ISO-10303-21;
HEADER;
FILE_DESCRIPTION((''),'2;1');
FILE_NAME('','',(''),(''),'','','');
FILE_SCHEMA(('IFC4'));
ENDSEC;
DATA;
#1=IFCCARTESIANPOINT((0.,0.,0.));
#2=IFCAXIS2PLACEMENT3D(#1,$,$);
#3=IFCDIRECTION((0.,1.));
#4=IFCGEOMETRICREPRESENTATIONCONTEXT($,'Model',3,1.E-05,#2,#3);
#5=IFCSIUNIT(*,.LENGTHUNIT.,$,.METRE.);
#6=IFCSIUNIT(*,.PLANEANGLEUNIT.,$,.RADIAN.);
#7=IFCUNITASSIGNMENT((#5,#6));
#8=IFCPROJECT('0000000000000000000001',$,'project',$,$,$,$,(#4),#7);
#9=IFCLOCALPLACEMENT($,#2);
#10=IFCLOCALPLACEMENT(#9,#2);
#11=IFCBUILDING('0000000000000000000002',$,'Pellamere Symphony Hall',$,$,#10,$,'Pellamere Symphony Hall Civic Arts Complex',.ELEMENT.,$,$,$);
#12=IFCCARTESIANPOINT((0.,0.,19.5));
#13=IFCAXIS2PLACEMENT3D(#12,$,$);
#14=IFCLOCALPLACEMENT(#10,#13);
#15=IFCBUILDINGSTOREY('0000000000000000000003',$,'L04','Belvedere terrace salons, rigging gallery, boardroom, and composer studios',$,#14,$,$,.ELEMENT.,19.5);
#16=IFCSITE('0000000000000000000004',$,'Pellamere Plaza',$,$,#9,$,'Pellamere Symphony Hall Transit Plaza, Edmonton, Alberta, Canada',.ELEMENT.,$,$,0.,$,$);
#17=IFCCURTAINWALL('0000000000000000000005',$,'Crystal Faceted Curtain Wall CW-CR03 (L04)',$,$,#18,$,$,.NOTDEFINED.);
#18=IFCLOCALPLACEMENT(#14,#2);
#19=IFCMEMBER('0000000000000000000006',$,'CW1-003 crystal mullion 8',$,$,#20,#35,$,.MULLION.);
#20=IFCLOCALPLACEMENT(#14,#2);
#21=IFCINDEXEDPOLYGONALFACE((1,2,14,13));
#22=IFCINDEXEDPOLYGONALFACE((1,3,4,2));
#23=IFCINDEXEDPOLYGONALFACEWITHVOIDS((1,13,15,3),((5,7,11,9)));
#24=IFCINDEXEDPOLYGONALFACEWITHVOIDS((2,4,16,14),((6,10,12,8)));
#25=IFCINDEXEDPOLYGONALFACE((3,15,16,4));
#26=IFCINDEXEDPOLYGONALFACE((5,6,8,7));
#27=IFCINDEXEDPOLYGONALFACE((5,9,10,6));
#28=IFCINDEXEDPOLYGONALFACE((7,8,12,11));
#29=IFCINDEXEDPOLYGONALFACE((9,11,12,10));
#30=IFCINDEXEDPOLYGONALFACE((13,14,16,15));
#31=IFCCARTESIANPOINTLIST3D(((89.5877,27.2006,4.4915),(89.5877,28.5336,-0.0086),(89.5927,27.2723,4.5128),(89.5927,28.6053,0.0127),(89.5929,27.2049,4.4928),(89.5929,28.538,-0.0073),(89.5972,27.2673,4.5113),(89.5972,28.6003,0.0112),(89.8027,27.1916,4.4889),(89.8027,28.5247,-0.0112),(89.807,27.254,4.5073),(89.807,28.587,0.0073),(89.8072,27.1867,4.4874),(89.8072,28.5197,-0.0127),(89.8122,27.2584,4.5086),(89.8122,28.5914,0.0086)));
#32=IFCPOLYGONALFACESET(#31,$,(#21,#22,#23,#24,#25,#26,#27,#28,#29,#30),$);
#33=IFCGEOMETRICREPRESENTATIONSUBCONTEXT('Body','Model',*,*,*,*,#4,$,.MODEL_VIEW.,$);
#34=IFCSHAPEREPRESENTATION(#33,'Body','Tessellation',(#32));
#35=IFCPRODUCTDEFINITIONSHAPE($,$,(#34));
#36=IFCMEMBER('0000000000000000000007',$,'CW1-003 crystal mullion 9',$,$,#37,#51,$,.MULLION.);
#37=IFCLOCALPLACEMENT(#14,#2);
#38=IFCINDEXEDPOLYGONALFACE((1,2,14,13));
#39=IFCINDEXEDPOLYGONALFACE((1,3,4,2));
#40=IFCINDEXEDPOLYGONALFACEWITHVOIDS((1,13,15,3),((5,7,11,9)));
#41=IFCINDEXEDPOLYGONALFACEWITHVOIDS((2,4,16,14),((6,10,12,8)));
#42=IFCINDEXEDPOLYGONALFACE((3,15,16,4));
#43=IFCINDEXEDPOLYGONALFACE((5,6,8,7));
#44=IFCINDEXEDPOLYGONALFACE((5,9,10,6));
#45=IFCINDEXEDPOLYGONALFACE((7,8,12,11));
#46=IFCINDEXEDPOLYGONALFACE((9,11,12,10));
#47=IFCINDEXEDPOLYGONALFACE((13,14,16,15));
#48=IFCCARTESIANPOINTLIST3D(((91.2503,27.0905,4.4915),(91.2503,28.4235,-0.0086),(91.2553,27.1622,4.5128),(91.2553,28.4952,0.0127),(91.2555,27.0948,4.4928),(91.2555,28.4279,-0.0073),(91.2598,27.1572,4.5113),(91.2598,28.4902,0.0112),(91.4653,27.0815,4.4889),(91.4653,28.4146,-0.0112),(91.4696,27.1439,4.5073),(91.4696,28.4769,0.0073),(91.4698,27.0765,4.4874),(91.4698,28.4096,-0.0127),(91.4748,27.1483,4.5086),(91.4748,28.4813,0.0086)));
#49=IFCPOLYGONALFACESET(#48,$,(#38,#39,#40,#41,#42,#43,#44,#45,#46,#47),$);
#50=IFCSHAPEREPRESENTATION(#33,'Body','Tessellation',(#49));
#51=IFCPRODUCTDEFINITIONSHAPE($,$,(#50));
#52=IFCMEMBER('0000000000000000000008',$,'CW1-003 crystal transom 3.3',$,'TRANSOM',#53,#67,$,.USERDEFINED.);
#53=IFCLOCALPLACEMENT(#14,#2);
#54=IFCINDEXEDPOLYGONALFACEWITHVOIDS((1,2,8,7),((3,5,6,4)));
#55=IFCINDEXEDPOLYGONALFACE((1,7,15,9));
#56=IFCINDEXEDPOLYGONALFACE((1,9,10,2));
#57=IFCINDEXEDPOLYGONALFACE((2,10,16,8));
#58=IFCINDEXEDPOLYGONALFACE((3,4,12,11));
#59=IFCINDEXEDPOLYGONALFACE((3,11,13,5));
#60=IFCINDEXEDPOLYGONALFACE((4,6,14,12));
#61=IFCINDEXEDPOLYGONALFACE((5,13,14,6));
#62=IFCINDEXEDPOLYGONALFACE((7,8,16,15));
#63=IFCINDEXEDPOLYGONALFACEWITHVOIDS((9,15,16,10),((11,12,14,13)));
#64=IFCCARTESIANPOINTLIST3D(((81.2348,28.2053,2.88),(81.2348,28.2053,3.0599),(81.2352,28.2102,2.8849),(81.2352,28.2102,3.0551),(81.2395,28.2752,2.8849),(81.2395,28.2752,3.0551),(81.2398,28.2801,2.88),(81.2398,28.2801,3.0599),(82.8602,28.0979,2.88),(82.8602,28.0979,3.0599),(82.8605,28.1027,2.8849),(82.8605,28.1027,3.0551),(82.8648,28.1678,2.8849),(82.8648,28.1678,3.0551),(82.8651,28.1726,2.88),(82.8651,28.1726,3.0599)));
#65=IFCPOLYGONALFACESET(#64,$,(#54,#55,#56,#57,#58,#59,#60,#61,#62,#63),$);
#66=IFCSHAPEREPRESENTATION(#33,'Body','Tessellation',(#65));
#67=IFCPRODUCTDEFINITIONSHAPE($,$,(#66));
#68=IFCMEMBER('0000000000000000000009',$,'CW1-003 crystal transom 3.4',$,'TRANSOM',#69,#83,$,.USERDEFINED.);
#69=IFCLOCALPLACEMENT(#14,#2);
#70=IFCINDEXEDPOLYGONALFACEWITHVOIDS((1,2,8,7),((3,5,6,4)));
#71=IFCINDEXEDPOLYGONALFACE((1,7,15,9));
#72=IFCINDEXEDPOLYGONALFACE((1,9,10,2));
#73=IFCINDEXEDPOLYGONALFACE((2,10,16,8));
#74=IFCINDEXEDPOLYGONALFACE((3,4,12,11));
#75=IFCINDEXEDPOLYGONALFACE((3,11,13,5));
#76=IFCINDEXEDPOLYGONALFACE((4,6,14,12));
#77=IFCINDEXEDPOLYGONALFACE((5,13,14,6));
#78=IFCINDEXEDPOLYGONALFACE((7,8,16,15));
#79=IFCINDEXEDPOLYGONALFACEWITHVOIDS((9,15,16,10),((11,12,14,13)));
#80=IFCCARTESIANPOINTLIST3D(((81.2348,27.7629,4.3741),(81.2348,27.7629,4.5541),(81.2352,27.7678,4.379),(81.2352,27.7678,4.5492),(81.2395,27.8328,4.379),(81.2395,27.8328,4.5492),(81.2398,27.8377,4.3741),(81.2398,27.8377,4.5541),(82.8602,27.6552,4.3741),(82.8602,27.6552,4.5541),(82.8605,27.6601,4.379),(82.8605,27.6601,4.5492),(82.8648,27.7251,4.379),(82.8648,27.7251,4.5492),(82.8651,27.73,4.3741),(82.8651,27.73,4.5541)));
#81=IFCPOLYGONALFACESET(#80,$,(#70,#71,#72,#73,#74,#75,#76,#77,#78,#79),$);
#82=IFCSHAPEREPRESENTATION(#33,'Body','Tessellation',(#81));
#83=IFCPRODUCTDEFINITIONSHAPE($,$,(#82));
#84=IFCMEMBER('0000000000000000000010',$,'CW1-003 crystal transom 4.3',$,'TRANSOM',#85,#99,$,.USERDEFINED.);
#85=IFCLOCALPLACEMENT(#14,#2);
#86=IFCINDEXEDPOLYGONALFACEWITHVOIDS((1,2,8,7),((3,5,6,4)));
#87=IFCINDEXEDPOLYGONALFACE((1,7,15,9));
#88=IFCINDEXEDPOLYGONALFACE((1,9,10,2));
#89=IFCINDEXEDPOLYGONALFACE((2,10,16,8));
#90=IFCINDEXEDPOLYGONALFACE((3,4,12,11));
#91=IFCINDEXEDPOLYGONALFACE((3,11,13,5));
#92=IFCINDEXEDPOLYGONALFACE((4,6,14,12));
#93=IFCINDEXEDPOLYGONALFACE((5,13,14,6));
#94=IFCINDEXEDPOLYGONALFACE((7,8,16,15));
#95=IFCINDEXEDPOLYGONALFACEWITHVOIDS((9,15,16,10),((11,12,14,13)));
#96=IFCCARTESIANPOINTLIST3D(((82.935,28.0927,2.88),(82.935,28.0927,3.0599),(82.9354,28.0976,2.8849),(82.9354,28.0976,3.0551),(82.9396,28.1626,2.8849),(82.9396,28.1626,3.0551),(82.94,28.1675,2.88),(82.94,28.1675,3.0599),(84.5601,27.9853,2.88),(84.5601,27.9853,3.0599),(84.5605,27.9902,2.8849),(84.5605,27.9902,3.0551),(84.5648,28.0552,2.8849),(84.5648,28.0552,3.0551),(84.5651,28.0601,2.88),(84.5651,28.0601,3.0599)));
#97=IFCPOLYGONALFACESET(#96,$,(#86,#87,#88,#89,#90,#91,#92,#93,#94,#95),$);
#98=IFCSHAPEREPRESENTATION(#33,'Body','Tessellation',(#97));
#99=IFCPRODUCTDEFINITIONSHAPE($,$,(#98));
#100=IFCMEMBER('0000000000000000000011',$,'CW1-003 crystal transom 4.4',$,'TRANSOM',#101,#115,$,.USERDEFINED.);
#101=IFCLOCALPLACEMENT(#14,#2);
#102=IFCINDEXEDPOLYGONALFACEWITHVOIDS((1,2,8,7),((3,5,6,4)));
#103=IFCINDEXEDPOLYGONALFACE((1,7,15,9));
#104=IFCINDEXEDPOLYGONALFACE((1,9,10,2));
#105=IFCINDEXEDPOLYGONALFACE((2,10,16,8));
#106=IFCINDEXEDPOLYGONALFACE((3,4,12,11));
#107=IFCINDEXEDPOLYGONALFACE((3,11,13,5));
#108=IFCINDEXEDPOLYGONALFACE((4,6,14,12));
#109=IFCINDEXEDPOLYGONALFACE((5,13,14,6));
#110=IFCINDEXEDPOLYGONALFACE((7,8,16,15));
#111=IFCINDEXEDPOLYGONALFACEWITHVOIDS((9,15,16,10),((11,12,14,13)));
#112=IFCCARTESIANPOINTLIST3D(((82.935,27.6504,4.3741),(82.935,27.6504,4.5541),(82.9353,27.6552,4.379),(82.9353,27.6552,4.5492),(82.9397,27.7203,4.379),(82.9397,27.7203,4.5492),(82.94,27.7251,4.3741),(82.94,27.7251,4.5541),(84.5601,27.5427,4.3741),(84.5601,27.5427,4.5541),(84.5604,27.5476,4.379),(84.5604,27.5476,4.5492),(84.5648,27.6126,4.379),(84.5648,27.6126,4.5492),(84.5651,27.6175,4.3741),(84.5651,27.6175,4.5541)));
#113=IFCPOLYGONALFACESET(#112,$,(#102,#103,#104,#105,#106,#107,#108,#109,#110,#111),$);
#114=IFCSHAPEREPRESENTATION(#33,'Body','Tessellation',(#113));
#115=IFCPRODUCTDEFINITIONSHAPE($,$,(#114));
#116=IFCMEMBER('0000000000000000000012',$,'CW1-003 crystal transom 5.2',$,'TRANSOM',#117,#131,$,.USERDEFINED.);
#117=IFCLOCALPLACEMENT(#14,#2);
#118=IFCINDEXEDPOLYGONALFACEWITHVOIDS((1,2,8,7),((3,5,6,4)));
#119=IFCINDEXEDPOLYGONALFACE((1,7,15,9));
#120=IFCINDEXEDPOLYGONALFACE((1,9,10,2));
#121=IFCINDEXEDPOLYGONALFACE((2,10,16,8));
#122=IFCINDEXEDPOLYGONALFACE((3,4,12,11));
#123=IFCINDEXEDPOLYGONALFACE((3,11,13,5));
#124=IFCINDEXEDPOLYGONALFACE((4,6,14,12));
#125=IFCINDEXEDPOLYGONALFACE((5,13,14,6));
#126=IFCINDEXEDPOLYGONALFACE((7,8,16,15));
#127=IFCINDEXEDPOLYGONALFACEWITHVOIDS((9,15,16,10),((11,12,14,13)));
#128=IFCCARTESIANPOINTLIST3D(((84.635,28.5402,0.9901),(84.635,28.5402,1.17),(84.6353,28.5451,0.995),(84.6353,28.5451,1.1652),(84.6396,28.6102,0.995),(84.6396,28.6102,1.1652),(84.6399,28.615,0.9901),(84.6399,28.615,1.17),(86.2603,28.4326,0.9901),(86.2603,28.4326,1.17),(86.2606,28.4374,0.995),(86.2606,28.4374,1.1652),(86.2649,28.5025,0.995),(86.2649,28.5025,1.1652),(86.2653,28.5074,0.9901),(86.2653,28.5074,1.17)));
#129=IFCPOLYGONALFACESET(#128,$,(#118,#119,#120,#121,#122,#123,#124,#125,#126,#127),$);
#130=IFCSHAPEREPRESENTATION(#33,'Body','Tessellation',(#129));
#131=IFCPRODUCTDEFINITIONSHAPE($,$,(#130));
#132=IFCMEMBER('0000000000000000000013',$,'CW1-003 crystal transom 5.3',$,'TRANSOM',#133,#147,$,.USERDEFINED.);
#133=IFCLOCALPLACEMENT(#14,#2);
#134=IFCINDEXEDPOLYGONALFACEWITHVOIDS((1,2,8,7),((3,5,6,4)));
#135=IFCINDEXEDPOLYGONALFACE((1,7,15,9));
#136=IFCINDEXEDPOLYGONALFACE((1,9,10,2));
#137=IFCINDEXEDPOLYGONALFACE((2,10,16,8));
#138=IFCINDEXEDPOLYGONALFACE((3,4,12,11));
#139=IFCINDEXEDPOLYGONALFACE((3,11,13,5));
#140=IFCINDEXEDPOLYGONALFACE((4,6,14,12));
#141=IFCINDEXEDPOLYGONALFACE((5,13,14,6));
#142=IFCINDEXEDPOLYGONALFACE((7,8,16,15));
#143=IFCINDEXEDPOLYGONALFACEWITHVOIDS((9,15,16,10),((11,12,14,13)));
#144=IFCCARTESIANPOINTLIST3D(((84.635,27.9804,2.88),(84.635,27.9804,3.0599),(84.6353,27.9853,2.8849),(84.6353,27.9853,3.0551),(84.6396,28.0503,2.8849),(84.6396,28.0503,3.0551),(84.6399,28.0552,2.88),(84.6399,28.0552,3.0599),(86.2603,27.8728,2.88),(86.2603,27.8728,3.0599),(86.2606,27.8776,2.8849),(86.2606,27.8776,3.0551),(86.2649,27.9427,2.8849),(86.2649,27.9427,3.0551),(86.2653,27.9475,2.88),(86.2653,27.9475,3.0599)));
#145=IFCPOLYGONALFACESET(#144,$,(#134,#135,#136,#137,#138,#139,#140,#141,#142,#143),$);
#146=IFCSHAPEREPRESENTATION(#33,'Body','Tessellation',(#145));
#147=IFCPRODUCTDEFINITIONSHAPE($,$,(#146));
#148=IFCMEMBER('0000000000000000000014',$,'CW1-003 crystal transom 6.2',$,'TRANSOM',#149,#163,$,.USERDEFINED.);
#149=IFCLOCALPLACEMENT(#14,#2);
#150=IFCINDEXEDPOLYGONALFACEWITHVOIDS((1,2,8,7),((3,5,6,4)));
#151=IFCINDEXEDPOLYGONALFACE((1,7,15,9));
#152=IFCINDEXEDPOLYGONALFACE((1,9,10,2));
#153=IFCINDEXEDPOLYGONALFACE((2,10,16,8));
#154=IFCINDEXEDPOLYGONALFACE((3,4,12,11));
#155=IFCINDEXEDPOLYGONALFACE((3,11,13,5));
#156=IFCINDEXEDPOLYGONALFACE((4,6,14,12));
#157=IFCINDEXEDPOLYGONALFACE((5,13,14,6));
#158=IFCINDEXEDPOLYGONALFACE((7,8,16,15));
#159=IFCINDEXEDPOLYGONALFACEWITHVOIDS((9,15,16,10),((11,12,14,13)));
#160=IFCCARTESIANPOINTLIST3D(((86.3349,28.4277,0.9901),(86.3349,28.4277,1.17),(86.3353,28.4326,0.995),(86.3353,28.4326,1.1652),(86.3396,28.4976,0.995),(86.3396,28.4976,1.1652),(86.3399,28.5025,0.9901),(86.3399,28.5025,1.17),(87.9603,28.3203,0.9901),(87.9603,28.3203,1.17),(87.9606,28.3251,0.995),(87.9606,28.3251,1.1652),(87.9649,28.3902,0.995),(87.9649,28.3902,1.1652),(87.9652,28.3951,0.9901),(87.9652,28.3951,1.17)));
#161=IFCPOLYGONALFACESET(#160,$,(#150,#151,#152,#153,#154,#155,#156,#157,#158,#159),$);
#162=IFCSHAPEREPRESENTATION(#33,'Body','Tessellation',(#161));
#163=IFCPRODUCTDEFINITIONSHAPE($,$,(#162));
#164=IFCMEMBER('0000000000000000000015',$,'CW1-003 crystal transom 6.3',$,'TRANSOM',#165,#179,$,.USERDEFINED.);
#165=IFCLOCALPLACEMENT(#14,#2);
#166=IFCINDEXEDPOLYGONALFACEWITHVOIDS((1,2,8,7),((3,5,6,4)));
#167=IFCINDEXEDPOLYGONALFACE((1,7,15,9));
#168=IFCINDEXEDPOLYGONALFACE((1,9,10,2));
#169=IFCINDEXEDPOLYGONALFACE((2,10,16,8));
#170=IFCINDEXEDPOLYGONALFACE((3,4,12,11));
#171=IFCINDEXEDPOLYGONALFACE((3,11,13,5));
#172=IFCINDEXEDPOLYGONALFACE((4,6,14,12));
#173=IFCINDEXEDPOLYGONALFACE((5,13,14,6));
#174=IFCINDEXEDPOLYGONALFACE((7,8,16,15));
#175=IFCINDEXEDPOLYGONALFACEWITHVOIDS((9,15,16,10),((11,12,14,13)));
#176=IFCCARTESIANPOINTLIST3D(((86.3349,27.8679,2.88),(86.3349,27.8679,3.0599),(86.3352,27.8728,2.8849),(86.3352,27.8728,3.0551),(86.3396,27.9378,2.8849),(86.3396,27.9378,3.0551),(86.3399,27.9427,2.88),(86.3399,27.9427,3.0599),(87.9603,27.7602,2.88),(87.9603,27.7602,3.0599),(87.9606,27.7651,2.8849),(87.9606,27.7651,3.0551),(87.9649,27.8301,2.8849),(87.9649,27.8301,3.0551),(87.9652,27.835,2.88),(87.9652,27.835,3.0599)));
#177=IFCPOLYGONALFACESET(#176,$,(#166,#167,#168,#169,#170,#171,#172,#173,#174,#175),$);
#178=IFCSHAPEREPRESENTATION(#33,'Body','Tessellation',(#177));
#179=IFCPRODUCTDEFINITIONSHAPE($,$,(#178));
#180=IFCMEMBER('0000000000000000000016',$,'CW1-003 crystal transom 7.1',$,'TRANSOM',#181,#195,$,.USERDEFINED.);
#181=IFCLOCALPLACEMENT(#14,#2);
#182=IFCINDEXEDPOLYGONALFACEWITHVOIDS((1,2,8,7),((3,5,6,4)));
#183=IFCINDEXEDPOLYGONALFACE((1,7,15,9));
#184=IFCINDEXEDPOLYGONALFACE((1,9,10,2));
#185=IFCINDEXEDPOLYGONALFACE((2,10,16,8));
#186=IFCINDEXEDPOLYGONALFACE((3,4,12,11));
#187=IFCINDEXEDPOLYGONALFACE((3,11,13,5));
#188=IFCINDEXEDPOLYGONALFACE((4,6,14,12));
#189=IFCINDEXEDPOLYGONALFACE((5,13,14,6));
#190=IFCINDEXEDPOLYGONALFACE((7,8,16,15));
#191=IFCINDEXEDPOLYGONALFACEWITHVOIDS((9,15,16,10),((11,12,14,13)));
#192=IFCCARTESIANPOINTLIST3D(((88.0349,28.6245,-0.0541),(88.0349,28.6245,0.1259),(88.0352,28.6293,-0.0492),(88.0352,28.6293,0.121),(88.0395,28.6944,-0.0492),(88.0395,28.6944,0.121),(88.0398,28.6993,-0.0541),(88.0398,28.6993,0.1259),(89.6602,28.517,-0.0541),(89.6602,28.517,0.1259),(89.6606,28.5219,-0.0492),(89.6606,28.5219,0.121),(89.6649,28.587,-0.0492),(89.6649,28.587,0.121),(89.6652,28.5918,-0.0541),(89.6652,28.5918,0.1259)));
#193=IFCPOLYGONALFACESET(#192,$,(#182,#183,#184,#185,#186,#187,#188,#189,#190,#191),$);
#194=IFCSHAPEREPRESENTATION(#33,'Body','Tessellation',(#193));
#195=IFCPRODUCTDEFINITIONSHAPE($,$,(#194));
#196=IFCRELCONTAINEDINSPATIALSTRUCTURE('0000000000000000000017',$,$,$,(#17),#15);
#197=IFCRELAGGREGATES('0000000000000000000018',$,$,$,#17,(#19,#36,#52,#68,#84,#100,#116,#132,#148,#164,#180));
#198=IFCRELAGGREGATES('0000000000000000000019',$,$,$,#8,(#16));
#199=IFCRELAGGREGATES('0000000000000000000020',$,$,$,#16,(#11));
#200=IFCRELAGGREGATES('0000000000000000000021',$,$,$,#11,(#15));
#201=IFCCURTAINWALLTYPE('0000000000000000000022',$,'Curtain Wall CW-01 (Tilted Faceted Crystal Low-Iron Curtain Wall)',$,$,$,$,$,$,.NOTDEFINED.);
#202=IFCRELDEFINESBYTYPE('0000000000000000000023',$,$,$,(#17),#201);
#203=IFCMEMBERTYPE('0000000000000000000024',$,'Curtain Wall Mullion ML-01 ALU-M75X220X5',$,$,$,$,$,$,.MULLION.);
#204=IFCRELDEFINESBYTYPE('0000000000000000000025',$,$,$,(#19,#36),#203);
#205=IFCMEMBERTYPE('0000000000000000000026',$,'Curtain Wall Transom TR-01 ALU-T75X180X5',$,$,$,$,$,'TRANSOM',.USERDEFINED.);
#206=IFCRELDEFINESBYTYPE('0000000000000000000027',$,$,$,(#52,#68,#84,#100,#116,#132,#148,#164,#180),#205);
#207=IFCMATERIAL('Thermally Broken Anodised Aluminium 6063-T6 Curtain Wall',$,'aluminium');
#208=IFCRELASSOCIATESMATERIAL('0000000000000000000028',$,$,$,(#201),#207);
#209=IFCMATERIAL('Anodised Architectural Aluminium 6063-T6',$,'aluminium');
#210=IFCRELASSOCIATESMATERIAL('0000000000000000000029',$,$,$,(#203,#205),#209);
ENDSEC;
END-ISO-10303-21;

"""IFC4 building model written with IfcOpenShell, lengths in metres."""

from ifc_helpers import new_model, si_unit, direction, frame, origin, origin_2d, place, context, subcontext, project, spatial, hollow_rectangle, extrude, material, material_profile, profile_set, type_object, element, aggregate, save


model = new_model("IFC4")

# Units and contexts
model_context = context("Model", 3, precision=1e-05, world=origin(), true_north=direction((0.0, 1.0)))
body_context = subcontext(model_context, "Body", "Model", "MODEL_VIEW")
ifc_project = project(units=[si_unit("LENGTHUNIT", "METRE"), si_unit("PLANEANGLEUNIT", "RADIAN")], contexts=[model_context])

# Site, building, storey
site_placement = place(None, origin())
site = spatial("IfcSite", under=ifc_project, at=site_placement, Name="Pellamere Plaza", LongName="Pellamere Symphony Hall Transit Plaza, Edmonton, Alberta, Canada", CompositionType="ELEMENT", RefElevation=0.0)
building_placement = place(site_placement, origin())
building = spatial("IfcBuilding", under=site, at=building_placement, Name="Pellamere Symphony Hall", LongName="Pellamere Symphony Hall Civic Arts Complex", CompositionType="ELEMENT")
storey_placement = place(building_placement, frame((0.0, 0.0, 19.5)))
storey = spatial("IfcBuildingStorey", under=building, at=storey_placement, Name="L04", Description="Belvedere terrace salons, rigging gallery, boardroom, and composer studios", CompositionType="ELEMENT", Elevation=19.5)

# Curtain wall, members
ifc_material_1 = material(Name="Thermally Broken Anodised Aluminium 6063-T6 Curtain Wall", Category="aluminium")
curtain_wall_type = type_object("IfcCurtainWallType", Name="Curtain Wall CW-01 (Tilted Faceted Crystal Low-Iron Curtain Wall)", PredefinedType="NOTDEFINED", material=ifc_material_1)
curtain_wall_placement = place(storey_placement, origin())
curtain_wall = element("IfcCurtainWall", 1, at=curtain_wall_placement, inside=storey, type_object=curtain_wall_type, Name="Crystal Faceted Curtain Wall CW-CR03 (L04)", PredefinedType="NOTDEFINED")
ifc_material_2 = material(Name="Anodised Architectural Aluminium 6063-T6", Category="aluminium")
ifc_material_profile_1 = material_profile(ifc_material_2, hollow_rectangle(XDim=0.075, YDim=0.22, WallThickness=0.0049, at=origin_2d()), Name="ALU-M75X220X5")
ifc_profile_set_1 = profile_set([ifc_material_profile_1], Name="Anodised Architectural Aluminium 6063-T6")
member_type_1 = type_object("IfcMemberType", Name="Curtain Wall Mullion ML-01 ALU-M75X220X5", PredefinedType="MULLION", material=ifc_profile_set_1)
member_1_placement = place(storey_placement, frame((89.7, 28.5625, 0.0), z_axis=(0.0, -0.284025, 0.958817), x_axis=(0.066032, 0.956724, 0.283405)))
member_1 = element("IfcMember", 2, at=member_1_placement, type_object=member_type_1, Name="CW1-003 crystal mullion 8", PredefinedType="MULLION", context=body_context, shape_type="SweptSolid", body=[
    extrude(hollow_rectangle(XDim=0.075, YDim=0.22, WallThickness=0.0049, at=origin_2d()), origin(), (0.0, 0.0, 1.0), 4.6934),
])
member_2_placement = place(storey_placement, frame((91.3625, 28.4524, 0.0), z_axis=(0.0, -0.284025, 0.958817), x_axis=(0.066032, 0.956724, 0.283405)))
member_2 = element("IfcMember", 3, at=member_2_placement, type_object=member_type_1, Name="CW1-003 crystal mullion 9", PredefinedType="MULLION", context=body_context, shape_type="SweptSolid", body=[
    extrude(hollow_rectangle(XDim=0.075, YDim=0.22, WallThickness=0.0049, at=origin_2d()), origin(), (0.0, 0.0, 1.0), 4.6934),
])
ifc_material_profile_2 = material_profile(ifc_material_2, hollow_rectangle(XDim=0.075, YDim=0.1799, WallThickness=0.0049, at=origin_2d()), Name="ALU-T75X180X5")
ifc_profile_set_2 = profile_set([ifc_material_profile_2], Name="Anodised Architectural Aluminium 6063-T6")
member_type_2 = type_object("IfcMemberType", Name="Curtain Wall Transom TR-01 ALU-T75X180X5", ElementType="TRANSOM", PredefinedType="USERDEFINED", material=ifc_profile_set_2)
member_3_placement = place(storey_placement, frame((81.2373, 28.2427, 2.97), z_axis=(0.997823, -0.065952, 0.0), x_axis=(0.065952, 0.997823, 0.0)))
member_3 = element("IfcMember", 4, at=member_3_placement, type_object=member_type_2, Name="CW1-003 crystal transom 3.3", ObjectType="TRANSOM", PredefinedType="USERDEFINED", context=body_context, shape_type="SweptSolid", body=[
    extrude(hollow_rectangle(XDim=0.075, YDim=0.1799, WallThickness=0.0049, at=origin_2d()), origin(), (0.0, 0.0, 1.0), 1.6289),
])
member_4_placement = place(storey_placement, frame((81.2373, 27.8003, 4.4641), z_axis=(0.997813, -0.066101, 0.0), x_axis=(0.066101, 0.997813, 0.0)))
member_4 = element("IfcMember", 5, at=member_4_placement, type_object=member_type_2, Name="CW1-003 crystal transom 3.4", ObjectType="TRANSOM", PredefinedType="USERDEFINED", context=body_context, shape_type="SweptSolid", body=[
    extrude(hollow_rectangle(XDim=0.075, YDim=0.1799, WallThickness=0.0049, at=origin_2d()), origin(), (0.0, 0.0, 1.0), 1.6289),
])
member_5_placement = place(storey_placement, frame((82.9375, 28.1301, 2.97), z_axis=(0.997822, -0.065962, 0.0), x_axis=(0.065962, 0.997822, 0.0)))
member_5 = element("IfcMember", 6, at=member_5_placement, type_object=member_type_2, Name="CW1-003 crystal transom 4.3", ObjectType="TRANSOM", PredefinedType="USERDEFINED", context=body_context, shape_type="SweptSolid", body=[
    extrude(hollow_rectangle(XDim=0.075, YDim=0.1799, WallThickness=0.0049, at=origin_2d()), origin(), (0.0, 0.0, 1.0), 1.6287),
])
member_6_placement = place(storey_placement, frame((82.9375, 27.6877, 4.4641), z_axis=(0.997812, -0.066111, 0.0), x_axis=(0.066111, 0.997812, 0.0)))
member_6 = element("IfcMember", 7, at=member_6_placement, type_object=member_type_2, Name="CW1-003 crystal transom 4.4", ObjectType="TRANSOM", PredefinedType="USERDEFINED", context=body_context, shape_type="SweptSolid", body=[
    extrude(hollow_rectangle(XDim=0.075, YDim=0.1799, WallThickness=0.0049, at=origin_2d()), origin(), (0.0, 0.0, 1.0), 1.6287),
])
member_7_placement = place(storey_placement, frame((84.6375, 28.5776, 1.0801), z_axis=(0.997813, -0.066101, 0.0), x_axis=(0.066101, 0.997813, 0.0)))
member_7 = element("IfcMember", 8, at=member_7_placement, type_object=member_type_2, Name="CW1-003 crystal transom 5.2", ObjectType="TRANSOM", PredefinedType="USERDEFINED", context=body_context, shape_type="SweptSolid", body=[
    extrude(hollow_rectangle(XDim=0.075, YDim=0.1799, WallThickness=0.0049, at=origin_2d()), origin(), (0.0, 0.0, 1.0), 1.6289),
])
member_8_placement = place(storey_placement, frame((84.6375, 28.0178, 2.97), z_axis=(0.997813, -0.066101, 0.0), x_axis=(0.066101, 0.997813, 0.0)))
member_8 = element("IfcMember", 9, at=member_8_placement, type_object=member_type_2, Name="CW1-003 crystal transom 5.3", ObjectType="TRANSOM", PredefinedType="USERDEFINED", context=body_context, shape_type="SweptSolid", body=[
    extrude(hollow_rectangle(XDim=0.075, YDim=0.1799, WallThickness=0.0049, at=origin_2d()), origin(), (0.0, 0.0, 1.0), 1.6289),
])
member_9_placement = place(storey_placement, frame((86.3374, 28.4651, 1.0801), z_axis=(0.997823, -0.065952, 0.0), x_axis=(0.065952, 0.997823, 0.0)))
member_9 = element("IfcMember", 10, at=member_9_placement, type_object=member_type_2, Name="CW1-003 crystal transom 6.2", ObjectType="TRANSOM", PredefinedType="USERDEFINED", context=body_context, shape_type="SweptSolid", body=[
    extrude(hollow_rectangle(XDim=0.075, YDim=0.1799, WallThickness=0.0049, at=origin_2d()), origin(), (0.0, 0.0, 1.0), 1.6289),
])
member_10_placement = place(storey_placement, frame((86.3374, 27.9053, 2.97), z_axis=(0.997813, -0.066101, 0.0), x_axis=(0.066101, 0.997813, 0.0)))
member_10 = element("IfcMember", 11, at=member_10_placement, type_object=member_type_2, Name="CW1-003 crystal transom 6.3", ObjectType="TRANSOM", PredefinedType="USERDEFINED", context=body_context, shape_type="SweptSolid", body=[
    extrude(hollow_rectangle(XDim=0.075, YDim=0.1799, WallThickness=0.0049, at=origin_2d()), origin(), (0.0, 0.0, 1.0), 1.6289),
])
member_11_placement = place(storey_placement, frame((88.0374, 28.6619, 0.0359), z_axis=(0.997823, -0.065952, 0.0), x_axis=(0.065952, 0.997823, 0.0)))
member_11 = element("IfcMember", 12, at=member_11_placement, type_object=member_type_2, Name="CW1-003 crystal transom 7.1", ObjectType="TRANSOM", PredefinedType="USERDEFINED", context=body_context, shape_type="SweptSolid", body=[
    extrude(hollow_rectangle(XDim=0.075, YDim=0.1799, WallThickness=0.0049, at=origin_2d()), origin(), (0.0, 0.0, 1.0), 1.6289),
])

aggregate(curtain_wall, [member_1, member_2, member_3, member_4, member_5, member_6, member_7, member_8, member_9, member_10, member_11])

save(model, "model.ifc")
